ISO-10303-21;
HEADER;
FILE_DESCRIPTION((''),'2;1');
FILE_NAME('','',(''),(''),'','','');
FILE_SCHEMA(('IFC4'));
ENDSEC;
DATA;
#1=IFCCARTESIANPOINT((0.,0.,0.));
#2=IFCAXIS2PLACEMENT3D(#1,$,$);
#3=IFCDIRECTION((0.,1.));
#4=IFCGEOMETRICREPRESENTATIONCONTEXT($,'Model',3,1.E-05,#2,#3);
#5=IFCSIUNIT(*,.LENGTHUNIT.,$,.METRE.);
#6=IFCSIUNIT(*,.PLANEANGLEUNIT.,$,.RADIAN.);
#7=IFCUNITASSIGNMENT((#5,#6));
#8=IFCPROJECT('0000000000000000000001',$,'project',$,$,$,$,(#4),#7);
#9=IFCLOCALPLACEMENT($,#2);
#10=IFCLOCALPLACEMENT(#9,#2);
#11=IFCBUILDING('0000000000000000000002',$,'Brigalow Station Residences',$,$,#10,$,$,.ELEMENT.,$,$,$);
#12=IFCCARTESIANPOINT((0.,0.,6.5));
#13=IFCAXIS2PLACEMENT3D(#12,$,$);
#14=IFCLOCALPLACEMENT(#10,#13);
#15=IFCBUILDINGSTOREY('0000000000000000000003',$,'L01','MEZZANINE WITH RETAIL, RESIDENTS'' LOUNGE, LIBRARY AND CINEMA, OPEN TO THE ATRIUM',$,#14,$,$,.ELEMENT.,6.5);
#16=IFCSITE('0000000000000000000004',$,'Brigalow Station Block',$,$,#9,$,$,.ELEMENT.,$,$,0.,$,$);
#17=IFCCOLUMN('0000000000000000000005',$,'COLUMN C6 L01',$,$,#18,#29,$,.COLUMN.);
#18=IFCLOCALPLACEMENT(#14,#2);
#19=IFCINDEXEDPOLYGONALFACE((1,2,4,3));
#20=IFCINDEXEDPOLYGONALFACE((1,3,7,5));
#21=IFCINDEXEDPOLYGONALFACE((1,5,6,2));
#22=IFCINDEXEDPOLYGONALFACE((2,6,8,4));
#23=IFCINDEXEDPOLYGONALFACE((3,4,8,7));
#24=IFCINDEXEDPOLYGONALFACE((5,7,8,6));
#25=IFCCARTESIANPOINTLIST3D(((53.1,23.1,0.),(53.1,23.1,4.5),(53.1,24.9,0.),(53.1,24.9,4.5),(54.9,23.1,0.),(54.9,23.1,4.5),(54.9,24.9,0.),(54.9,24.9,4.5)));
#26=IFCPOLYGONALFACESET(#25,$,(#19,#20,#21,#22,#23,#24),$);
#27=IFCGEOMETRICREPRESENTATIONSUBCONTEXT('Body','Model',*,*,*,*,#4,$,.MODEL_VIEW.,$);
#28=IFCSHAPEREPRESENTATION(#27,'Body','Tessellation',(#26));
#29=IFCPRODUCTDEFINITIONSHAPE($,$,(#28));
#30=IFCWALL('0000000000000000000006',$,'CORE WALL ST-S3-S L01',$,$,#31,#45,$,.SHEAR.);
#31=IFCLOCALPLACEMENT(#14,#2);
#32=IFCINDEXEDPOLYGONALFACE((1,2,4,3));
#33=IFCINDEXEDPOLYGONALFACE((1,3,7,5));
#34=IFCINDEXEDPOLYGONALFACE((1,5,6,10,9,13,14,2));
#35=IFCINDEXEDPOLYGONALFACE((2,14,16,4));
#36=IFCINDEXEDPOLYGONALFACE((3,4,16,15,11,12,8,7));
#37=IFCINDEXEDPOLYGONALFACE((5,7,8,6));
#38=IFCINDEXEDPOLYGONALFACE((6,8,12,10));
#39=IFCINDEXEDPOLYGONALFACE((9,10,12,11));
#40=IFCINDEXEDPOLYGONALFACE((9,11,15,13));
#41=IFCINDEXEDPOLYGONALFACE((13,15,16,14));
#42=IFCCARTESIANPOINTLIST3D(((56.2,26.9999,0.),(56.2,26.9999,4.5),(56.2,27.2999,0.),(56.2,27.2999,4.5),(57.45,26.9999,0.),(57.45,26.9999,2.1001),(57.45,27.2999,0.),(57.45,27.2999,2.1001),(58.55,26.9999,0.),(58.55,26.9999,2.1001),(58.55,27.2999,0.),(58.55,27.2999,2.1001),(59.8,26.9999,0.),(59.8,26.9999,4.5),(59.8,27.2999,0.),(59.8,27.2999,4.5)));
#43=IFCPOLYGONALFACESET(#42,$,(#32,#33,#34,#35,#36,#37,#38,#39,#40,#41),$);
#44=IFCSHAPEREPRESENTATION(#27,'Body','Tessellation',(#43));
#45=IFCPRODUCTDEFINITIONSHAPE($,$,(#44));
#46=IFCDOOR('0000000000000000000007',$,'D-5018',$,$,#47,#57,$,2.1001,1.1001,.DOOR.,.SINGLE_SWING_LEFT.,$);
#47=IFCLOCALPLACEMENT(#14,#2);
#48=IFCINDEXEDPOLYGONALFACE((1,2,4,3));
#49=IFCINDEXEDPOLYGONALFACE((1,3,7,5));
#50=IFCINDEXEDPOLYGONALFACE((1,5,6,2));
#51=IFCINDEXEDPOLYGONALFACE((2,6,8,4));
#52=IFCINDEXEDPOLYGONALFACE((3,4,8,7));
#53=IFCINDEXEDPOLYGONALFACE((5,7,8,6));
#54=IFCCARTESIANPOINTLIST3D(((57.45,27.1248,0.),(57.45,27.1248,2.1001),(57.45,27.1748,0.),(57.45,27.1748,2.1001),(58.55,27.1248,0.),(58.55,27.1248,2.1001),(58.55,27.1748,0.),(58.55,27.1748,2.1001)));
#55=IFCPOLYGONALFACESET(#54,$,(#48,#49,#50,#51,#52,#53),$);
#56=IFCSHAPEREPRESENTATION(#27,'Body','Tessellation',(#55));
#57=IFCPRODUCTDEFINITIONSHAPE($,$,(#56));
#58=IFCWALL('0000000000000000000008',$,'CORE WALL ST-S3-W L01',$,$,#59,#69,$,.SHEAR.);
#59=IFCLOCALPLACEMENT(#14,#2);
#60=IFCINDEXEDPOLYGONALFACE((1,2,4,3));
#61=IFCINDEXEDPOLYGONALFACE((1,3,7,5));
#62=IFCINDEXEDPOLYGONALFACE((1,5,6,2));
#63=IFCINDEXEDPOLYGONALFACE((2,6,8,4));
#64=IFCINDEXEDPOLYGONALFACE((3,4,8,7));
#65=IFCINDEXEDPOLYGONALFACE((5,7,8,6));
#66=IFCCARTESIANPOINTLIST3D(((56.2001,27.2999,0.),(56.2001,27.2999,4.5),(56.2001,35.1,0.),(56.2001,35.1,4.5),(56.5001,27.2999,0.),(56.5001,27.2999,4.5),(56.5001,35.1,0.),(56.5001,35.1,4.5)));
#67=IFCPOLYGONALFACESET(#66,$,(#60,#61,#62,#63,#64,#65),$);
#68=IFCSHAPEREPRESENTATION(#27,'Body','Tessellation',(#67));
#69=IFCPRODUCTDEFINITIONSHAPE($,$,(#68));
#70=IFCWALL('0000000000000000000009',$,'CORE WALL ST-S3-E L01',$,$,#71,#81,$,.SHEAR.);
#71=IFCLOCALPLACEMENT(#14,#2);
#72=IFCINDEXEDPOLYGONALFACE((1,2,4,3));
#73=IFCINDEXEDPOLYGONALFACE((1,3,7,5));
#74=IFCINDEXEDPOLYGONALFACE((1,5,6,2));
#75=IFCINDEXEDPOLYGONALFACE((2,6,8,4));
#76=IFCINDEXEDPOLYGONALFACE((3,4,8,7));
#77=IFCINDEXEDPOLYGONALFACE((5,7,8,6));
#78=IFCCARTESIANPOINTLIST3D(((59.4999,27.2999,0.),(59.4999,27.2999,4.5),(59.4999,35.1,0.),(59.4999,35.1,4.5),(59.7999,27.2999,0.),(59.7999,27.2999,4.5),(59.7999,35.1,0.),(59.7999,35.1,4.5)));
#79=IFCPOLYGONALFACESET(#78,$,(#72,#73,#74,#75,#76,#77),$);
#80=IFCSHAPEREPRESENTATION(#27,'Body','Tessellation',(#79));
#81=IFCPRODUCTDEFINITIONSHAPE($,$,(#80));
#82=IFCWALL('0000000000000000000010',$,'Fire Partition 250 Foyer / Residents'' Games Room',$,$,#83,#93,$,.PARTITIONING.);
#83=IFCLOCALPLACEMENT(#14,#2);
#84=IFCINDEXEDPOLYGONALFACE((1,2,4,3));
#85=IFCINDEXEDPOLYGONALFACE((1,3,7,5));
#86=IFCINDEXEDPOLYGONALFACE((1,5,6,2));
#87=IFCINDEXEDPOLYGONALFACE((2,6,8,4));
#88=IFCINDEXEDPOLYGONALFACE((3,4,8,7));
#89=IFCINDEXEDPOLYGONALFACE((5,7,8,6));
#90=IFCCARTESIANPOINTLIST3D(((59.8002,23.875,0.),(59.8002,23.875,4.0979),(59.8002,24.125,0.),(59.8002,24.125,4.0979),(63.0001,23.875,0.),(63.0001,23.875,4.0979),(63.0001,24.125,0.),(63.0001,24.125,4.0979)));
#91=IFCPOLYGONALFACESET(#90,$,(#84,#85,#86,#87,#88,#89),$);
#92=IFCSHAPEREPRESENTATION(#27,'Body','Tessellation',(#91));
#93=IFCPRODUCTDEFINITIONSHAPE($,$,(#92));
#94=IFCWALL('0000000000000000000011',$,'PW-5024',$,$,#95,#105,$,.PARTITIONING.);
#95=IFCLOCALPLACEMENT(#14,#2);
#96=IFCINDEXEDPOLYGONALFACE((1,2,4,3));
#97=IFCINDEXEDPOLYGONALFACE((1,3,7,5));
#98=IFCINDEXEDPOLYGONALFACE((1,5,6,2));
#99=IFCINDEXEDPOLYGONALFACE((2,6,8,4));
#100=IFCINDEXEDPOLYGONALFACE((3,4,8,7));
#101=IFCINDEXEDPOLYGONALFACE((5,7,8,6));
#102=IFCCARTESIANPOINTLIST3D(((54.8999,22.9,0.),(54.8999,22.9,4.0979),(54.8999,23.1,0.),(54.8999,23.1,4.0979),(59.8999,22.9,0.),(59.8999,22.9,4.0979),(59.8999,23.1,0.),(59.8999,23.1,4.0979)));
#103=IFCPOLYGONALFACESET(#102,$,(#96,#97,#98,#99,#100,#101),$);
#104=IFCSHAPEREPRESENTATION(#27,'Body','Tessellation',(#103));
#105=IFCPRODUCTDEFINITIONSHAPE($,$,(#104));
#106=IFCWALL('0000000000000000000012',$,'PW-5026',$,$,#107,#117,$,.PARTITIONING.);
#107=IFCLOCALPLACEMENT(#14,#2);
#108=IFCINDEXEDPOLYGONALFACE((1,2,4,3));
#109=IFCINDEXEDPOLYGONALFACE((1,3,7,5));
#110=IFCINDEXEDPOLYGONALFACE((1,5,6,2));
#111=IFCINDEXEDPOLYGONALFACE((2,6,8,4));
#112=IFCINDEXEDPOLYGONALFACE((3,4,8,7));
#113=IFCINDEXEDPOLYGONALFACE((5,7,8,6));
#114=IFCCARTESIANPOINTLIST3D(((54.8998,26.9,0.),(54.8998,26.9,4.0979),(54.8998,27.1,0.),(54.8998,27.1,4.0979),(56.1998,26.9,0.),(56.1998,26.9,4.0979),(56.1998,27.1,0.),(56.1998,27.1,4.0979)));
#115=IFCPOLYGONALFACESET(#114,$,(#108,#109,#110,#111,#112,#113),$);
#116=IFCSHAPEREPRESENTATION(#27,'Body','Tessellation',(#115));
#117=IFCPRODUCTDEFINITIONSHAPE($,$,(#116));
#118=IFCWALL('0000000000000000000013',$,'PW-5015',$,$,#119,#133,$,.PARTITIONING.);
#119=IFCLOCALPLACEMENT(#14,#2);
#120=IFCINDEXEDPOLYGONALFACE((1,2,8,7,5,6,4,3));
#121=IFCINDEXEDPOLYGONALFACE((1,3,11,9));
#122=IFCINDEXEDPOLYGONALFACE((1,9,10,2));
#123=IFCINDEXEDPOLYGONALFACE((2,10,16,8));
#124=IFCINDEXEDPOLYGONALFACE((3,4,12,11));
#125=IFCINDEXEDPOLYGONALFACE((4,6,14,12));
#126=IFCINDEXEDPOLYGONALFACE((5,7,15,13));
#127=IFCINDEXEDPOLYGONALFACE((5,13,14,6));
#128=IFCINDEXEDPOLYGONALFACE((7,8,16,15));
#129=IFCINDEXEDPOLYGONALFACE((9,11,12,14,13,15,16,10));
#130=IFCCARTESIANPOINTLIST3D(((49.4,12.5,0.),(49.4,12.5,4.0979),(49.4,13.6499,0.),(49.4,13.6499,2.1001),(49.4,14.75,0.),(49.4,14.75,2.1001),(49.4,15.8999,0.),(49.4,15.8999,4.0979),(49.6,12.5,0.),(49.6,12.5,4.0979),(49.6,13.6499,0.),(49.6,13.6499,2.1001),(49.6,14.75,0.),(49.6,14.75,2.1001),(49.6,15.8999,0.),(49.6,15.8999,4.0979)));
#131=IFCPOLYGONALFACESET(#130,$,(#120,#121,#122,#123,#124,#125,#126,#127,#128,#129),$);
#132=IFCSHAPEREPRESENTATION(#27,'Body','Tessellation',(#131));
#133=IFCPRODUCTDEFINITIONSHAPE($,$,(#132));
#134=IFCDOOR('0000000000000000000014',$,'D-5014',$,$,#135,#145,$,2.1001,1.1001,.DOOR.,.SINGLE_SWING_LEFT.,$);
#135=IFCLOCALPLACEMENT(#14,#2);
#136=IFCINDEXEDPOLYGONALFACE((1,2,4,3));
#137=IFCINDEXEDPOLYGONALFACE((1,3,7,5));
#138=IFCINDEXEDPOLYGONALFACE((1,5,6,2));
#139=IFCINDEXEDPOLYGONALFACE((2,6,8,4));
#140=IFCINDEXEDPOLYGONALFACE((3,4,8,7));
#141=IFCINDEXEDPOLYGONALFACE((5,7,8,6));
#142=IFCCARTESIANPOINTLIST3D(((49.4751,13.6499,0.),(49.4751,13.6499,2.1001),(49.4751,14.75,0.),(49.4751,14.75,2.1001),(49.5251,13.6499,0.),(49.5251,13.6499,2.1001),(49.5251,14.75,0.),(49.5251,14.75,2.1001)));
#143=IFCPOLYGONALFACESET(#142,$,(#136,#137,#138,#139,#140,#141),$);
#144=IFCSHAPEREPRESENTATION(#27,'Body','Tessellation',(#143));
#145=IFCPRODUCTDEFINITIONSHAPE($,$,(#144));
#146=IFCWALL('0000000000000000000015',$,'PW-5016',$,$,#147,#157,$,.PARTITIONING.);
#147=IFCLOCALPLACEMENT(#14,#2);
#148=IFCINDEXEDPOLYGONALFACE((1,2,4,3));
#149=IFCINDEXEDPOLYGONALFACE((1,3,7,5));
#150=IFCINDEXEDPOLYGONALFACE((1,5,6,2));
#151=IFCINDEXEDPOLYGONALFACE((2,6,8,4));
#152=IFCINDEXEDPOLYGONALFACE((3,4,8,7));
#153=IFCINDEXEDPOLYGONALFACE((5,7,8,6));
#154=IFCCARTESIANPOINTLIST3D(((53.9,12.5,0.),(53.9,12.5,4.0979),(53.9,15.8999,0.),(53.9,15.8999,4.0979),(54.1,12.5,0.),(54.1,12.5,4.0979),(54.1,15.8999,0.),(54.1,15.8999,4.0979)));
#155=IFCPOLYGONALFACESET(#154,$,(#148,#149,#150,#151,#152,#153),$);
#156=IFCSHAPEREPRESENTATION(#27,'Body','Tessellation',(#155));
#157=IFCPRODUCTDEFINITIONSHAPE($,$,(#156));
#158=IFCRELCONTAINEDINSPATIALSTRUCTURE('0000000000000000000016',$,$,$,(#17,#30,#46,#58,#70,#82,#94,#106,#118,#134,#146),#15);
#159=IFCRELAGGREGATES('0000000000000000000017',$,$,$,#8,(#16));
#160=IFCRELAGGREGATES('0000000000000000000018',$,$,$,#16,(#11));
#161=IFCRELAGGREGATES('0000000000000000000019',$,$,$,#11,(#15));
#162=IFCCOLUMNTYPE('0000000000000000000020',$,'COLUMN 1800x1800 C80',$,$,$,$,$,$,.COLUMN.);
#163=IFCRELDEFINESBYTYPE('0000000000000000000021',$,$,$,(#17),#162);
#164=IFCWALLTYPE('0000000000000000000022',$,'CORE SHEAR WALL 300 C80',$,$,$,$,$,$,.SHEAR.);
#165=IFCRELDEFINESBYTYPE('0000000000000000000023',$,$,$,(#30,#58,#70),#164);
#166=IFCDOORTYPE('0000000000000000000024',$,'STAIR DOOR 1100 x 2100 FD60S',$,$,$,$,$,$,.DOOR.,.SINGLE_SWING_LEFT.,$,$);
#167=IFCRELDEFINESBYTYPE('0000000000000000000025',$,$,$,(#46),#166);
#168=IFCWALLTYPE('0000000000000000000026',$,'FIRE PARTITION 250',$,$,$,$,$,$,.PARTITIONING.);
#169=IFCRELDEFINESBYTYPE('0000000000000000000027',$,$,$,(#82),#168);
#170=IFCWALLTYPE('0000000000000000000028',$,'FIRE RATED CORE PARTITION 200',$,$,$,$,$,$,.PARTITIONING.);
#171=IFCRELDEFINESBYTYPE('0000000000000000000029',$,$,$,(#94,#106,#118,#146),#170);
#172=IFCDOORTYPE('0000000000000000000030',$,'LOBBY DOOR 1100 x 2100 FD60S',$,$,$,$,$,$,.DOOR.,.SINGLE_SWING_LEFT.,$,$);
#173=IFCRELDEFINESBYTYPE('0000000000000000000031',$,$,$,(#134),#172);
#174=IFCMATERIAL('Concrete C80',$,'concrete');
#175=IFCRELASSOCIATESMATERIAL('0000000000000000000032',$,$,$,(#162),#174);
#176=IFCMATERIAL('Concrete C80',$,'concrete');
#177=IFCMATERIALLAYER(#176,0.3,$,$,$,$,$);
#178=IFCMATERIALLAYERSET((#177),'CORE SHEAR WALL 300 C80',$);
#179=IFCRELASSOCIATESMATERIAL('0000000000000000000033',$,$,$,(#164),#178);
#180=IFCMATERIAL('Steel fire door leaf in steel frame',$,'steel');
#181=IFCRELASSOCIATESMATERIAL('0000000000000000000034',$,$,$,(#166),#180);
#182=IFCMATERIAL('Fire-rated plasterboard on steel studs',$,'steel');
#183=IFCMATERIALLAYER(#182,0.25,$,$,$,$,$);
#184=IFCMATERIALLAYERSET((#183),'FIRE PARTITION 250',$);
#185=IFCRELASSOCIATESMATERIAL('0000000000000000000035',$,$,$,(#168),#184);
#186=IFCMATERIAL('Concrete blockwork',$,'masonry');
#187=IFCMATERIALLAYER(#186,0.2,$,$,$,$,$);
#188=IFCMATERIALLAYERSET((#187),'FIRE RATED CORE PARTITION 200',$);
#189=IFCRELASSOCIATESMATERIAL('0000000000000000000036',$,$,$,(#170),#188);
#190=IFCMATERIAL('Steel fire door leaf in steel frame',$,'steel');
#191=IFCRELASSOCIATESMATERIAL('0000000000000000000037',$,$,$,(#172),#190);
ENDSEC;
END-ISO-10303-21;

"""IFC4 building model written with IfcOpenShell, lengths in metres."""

from ifc_helpers import new_model, si_unit, direction, frame, frame_2d, origin, origin_2d, place, context, subcontext, project, spatial, rectangle, extrude, material, layer, layer_set, material_profile, profile_set, type_object, element, fill, save


model = new_model("IFC4")

# Units and contexts
model_context = context("Model", 3, precision=1e-05, world=origin(), true_north=direction((0.0, 1.0)))
body_context = subcontext(model_context, "Body", "Model", "MODEL_VIEW")
ifc_project = project(units=[si_unit("LENGTHUNIT", "METRE"), si_unit("PLANEANGLEUNIT", "RADIAN")], contexts=[model_context])

# Site, building, storey
site_placement = place(None, origin())
site = spatial("IfcSite", under=ifc_project, at=site_placement, Name="Brigalow Station Block", CompositionType="ELEMENT", RefElevation=0.0)
building_placement = place(site_placement, origin())
building = spatial("IfcBuilding", under=site, at=building_placement, Name="Brigalow Station Residences", CompositionType="ELEMENT")
storey_placement = place(building_placement, frame((0.0, 0.0, 6.5)))
storey = spatial("IfcBuildingStorey", under=building, at=storey_placement, Name="L01", Description="MEZZANINE WITH RETAIL, RESIDENTS' LOUNGE, LIBRARY AND CINEMA, OPEN TO THE ATRIUM", CompositionType="ELEMENT", Elevation=6.5)

# Column
ifc_material_1 = material(Name="Concrete C80", Category="concrete")
ifc_material_profile = material_profile(ifc_material_1, rectangle(XDim=1.8, YDim=1.8, at=origin_2d()), Name="RC1800x1800")
ifc_profile_set = profile_set([ifc_material_profile], Name="Concrete C80")
column_type = type_object("IfcColumnType", Name="COLUMN 1800x1800 C80", PredefinedType="COLUMN", material=ifc_profile_set)
column_placement = place(storey_placement, frame((54.0, 24.0, 0.0), z_axis=(0.0, 0.0, 1.0), x_axis=(1.0, 0.0, 0.0)))
element("IfcColumn", 1, at=column_placement, inside=storey, type_object=column_type, Name="COLUMN C6 L01", PredefinedType="COLUMN", context=body_context, shape_type="SweptSolid", body=[
    extrude(rectangle(XDim=1.8, YDim=1.8, at=origin_2d()), origin(), (0.0, 0.0, 1.0), 4.5),
])

# Wall, opening, door
ifc_material_2 = material(Name="Concrete C80", Category="concrete")
ifc_layer_1 = layer(ifc_material_2, 0.3)
ifc_layer_set_1 = layer_set([ifc_layer_1], Name="CORE SHEAR WALL 300 C80")
wall_type_1 = type_object("IfcWallType", Name="CORE SHEAR WALL 300 C80", PredefinedType="SHEAR", material=ifc_layer_set_1)
wall_1_placement = place(storey_placement, frame((56.2, 27.1499, 0.0), z_axis=(0.0, 0.0, 1.0), x_axis=(1.0, 0.0, 0.0)))
wall_1 = element("IfcWall", 2, at=wall_1_placement, inside=storey, type_object=wall_type_1, Name="CORE WALL ST-S3-S L01", PredefinedType="SHEAR", context=body_context, shape_type="SweptSolid", body=[
    extrude(rectangle(XDim=3.6001, YDim=0.3, at=frame_2d((1.8, 0.0))), origin(), (0.0, 0.0, 1.0), 4.5),
])
opening_1_placement = place(wall_1_placement, frame((1.25, 0.0, 0.0)))
opening_1 = element("IfcOpeningElement", 3, at=opening_1_placement, cuts=wall_1, PredefinedType="OPENING", context=body_context, shape_type="SweptSolid", body=[
    extrude(rectangle(XDim=1.1001, YDim=2.1001, at=frame_2d((0.55, 1.05))), frame((0.0, 0.1602, 0.0), z_axis=(0.0, -1.0, 0.0), x_axis=(1.0, 0.0, 0.0)), (0.0, 0.0, 1.0), 0.3201),
])
ifc_material_3 = material(Name="Steel fire door leaf in steel frame", Category="steel")
door_type_1 = type_object("IfcDoorType", Name="STAIR DOOR 1100 x 2100 FD60S", OperationType="SINGLE_SWING_LEFT", PredefinedType="DOOR", material=ifc_material_3)
door_1_placement = place(opening_1_placement, origin())
door_1 = element("IfcDoor", 4, at=door_1_placement, inside=storey, type_object=door_type_1, Name="D-5018", OperationType="SINGLE_SWING_LEFT", OverallHeight=2.1001, OverallWidth=1.1001, PredefinedType="DOOR", context=body_context, shape_type="SweptSolid", body=[
    extrude(rectangle(XDim=1.1001, YDim=2.1001, at=frame_2d((0.55, 1.05))), frame((0.0, 0.0249, 0.0), z_axis=(0.0, -1.0, 0.0), x_axis=(1.0, 0.0, 0.0)), (0.0, 0.0, 1.0), 0.05),
])
fill(opening_1, door_1)

# Walls
for number, where, z_axis, x_axis, name in (
    (5, (56.3501, 27.3, 0.0), (0.0, 0.0, 1.0), (0.0, 1.0, 0.0), "CORE WALL ST-S3-W L01"),
    (6, (59.6499, 27.3, 0.0), (0.0, 0.0, 1.0), (0.0, 1.0, 0.0), "CORE WALL ST-S3-E L01"),
):
    element("IfcWall", number, at=place(storey_placement, frame(where, z_axis=z_axis, x_axis=x_axis)), inside=storey, type_object=wall_type_1, Name=name, PredefinedType="SHEAR", context=body_context, shape_type="SweptSolid", body=[
        extrude(rectangle(XDim=7.8, YDim=0.3, at=frame_2d((3.8999, 0.0))), origin(), (0.0, 0.0, 1.0), 4.5),
    ])

# Shared definitions
ifc_material_4 = material(Name="Fire-rated plasterboard on steel studs", Category="steel")
ifc_layer_2 = layer(ifc_material_4, 0.25)
ifc_layer_set_2 = layer_set([ifc_layer_2], Name="FIRE PARTITION 250")
wall_type_2 = type_object("IfcWallType", Name="FIRE PARTITION 250", PredefinedType="PARTITIONING", material=ifc_layer_set_2)

# Walls
wall_2_placement = place(storey_placement, frame((59.8, 24.0, 0.0), z_axis=(0.0, 0.0, 1.0), x_axis=(1.0, 0.0, 0.0)))
element("IfcWall", 7, at=wall_2_placement, inside=storey, type_object=wall_type_2, Name="Fire Partition 250 Foyer / Residents' Games Room", PredefinedType="PARTITIONING", context=body_context, shape_type="SweptSolid", body=[
    extrude(rectangle(XDim=3.2, YDim=0.25, at=frame_2d((1.6001, 0.0))), origin(), (0.0, 0.0, 1.0), 4.0979),
])
ifc_material_5 = material(Name="Concrete blockwork", Category="masonry")
ifc_layer_3 = layer(ifc_material_5, 0.2)
ifc_layer_set_3 = layer_set([ifc_layer_3], Name="FIRE RATED CORE PARTITION 200")
wall_type_3 = type_object("IfcWallType", Name="FIRE RATED CORE PARTITION 200", PredefinedType="PARTITIONING", material=ifc_layer_set_3)
wall_3_placement = place(storey_placement, frame((54.8999, 23.0, 0.0), z_axis=(0.0, 0.0, 1.0), x_axis=(1.0, 0.0, 0.0)))
element("IfcWall", 8, at=wall_3_placement, inside=storey, type_object=wall_type_3, Name="PW-5024", PredefinedType="PARTITIONING", context=body_context, shape_type="SweptSolid", body=[
    extrude(rectangle(XDim=5.0, YDim=0.2, at=frame_2d((2.5, 0.0))), origin(), (0.0, 0.0, 1.0), 4.0979),
])
wall_4_placement = place(storey_placement, frame((54.8999, 27.0, 0.0), z_axis=(0.0, 0.0, 1.0), x_axis=(1.0, 0.0, 0.0)))
element("IfcWall", 9, at=wall_4_placement, inside=storey, type_object=wall_type_3, Name="PW-5026", PredefinedType="PARTITIONING", context=body_context, shape_type="SweptSolid", body=[
    extrude(rectangle(XDim=1.3, YDim=0.2, at=frame_2d((0.6499, 0.0))), origin(), (0.0, 0.0, 1.0), 4.0979),
])

# Wall, opening, door
wall_5_placement = place(storey_placement, frame((49.5, 12.5, 0.0), z_axis=(0.0, 0.0, 1.0), x_axis=(0.0, 1.0, 0.0)))
wall_5 = element("IfcWall", 10, at=wall_5_placement, inside=storey, type_object=wall_type_3, Name="PW-5015", PredefinedType="PARTITIONING", context=body_context, shape_type="SweptSolid", body=[
    extrude(rectangle(XDim=3.3999, YDim=0.2, at=frame_2d((1.7, 0.0))), origin(), (0.0, 0.0, 1.0), 4.0979),
])
opening_2_placement = place(wall_5_placement, frame((1.1499, 0.0, 0.0)))
opening_2 = element("IfcOpeningElement", 11, at=opening_2_placement, cuts=wall_5, PredefinedType="OPENING", context=body_context, shape_type="SweptSolid", body=[
    extrude(rectangle(XDim=1.1001, YDim=2.1001, at=frame_2d((0.55, 1.05))), frame((0.0, 0.1099, 0.0), z_axis=(0.0, -1.0, 0.0), x_axis=(1.0, 0.0, 0.0)), (0.0, 0.0, 1.0), 0.22),
])
ifc_material_6 = material(Name="Steel fire door leaf in steel frame", Category="steel")
door_type_2 = type_object("IfcDoorType", Name="LOBBY DOOR 1100 x 2100 FD60S", OperationType="SINGLE_SWING_LEFT", PredefinedType="DOOR", material=ifc_material_6)
door_2_placement = place(opening_2_placement, origin())
door_2 = element("IfcDoor", 12, at=door_2_placement, inside=storey, type_object=door_type_2, Name="D-5014", OperationType="SINGLE_SWING_LEFT", OverallHeight=2.1001, OverallWidth=1.1001, PredefinedType="DOOR", context=body_context, shape_type="SweptSolid", body=[
    extrude(rectangle(XDim=1.1001, YDim=2.1001, at=frame_2d((0.55, 1.05))), frame((0.0, 0.0249, 0.0), z_axis=(0.0, -1.0, 0.0), x_axis=(1.0, 0.0, 0.0)), (0.0, 0.0, 1.0), 0.05),
])
fill(opening_2, door_2)

# Wall
wall_6_placement = place(storey_placement, frame((54.0, 12.5, 0.0), z_axis=(0.0, 0.0, 1.0), x_axis=(0.0, 1.0, 0.0)))
element("IfcWall", 13, at=wall_6_placement, inside=storey, type_object=wall_type_3, Name="PW-5016", PredefinedType="PARTITIONING", context=body_context, shape_type="SweptSolid", body=[
    extrude(rectangle(XDim=3.3999, YDim=0.2, at=frame_2d((1.7, 0.0))), origin(), (0.0, 0.0, 1.0), 4.0979),
])

save(model, "model.ifc")
